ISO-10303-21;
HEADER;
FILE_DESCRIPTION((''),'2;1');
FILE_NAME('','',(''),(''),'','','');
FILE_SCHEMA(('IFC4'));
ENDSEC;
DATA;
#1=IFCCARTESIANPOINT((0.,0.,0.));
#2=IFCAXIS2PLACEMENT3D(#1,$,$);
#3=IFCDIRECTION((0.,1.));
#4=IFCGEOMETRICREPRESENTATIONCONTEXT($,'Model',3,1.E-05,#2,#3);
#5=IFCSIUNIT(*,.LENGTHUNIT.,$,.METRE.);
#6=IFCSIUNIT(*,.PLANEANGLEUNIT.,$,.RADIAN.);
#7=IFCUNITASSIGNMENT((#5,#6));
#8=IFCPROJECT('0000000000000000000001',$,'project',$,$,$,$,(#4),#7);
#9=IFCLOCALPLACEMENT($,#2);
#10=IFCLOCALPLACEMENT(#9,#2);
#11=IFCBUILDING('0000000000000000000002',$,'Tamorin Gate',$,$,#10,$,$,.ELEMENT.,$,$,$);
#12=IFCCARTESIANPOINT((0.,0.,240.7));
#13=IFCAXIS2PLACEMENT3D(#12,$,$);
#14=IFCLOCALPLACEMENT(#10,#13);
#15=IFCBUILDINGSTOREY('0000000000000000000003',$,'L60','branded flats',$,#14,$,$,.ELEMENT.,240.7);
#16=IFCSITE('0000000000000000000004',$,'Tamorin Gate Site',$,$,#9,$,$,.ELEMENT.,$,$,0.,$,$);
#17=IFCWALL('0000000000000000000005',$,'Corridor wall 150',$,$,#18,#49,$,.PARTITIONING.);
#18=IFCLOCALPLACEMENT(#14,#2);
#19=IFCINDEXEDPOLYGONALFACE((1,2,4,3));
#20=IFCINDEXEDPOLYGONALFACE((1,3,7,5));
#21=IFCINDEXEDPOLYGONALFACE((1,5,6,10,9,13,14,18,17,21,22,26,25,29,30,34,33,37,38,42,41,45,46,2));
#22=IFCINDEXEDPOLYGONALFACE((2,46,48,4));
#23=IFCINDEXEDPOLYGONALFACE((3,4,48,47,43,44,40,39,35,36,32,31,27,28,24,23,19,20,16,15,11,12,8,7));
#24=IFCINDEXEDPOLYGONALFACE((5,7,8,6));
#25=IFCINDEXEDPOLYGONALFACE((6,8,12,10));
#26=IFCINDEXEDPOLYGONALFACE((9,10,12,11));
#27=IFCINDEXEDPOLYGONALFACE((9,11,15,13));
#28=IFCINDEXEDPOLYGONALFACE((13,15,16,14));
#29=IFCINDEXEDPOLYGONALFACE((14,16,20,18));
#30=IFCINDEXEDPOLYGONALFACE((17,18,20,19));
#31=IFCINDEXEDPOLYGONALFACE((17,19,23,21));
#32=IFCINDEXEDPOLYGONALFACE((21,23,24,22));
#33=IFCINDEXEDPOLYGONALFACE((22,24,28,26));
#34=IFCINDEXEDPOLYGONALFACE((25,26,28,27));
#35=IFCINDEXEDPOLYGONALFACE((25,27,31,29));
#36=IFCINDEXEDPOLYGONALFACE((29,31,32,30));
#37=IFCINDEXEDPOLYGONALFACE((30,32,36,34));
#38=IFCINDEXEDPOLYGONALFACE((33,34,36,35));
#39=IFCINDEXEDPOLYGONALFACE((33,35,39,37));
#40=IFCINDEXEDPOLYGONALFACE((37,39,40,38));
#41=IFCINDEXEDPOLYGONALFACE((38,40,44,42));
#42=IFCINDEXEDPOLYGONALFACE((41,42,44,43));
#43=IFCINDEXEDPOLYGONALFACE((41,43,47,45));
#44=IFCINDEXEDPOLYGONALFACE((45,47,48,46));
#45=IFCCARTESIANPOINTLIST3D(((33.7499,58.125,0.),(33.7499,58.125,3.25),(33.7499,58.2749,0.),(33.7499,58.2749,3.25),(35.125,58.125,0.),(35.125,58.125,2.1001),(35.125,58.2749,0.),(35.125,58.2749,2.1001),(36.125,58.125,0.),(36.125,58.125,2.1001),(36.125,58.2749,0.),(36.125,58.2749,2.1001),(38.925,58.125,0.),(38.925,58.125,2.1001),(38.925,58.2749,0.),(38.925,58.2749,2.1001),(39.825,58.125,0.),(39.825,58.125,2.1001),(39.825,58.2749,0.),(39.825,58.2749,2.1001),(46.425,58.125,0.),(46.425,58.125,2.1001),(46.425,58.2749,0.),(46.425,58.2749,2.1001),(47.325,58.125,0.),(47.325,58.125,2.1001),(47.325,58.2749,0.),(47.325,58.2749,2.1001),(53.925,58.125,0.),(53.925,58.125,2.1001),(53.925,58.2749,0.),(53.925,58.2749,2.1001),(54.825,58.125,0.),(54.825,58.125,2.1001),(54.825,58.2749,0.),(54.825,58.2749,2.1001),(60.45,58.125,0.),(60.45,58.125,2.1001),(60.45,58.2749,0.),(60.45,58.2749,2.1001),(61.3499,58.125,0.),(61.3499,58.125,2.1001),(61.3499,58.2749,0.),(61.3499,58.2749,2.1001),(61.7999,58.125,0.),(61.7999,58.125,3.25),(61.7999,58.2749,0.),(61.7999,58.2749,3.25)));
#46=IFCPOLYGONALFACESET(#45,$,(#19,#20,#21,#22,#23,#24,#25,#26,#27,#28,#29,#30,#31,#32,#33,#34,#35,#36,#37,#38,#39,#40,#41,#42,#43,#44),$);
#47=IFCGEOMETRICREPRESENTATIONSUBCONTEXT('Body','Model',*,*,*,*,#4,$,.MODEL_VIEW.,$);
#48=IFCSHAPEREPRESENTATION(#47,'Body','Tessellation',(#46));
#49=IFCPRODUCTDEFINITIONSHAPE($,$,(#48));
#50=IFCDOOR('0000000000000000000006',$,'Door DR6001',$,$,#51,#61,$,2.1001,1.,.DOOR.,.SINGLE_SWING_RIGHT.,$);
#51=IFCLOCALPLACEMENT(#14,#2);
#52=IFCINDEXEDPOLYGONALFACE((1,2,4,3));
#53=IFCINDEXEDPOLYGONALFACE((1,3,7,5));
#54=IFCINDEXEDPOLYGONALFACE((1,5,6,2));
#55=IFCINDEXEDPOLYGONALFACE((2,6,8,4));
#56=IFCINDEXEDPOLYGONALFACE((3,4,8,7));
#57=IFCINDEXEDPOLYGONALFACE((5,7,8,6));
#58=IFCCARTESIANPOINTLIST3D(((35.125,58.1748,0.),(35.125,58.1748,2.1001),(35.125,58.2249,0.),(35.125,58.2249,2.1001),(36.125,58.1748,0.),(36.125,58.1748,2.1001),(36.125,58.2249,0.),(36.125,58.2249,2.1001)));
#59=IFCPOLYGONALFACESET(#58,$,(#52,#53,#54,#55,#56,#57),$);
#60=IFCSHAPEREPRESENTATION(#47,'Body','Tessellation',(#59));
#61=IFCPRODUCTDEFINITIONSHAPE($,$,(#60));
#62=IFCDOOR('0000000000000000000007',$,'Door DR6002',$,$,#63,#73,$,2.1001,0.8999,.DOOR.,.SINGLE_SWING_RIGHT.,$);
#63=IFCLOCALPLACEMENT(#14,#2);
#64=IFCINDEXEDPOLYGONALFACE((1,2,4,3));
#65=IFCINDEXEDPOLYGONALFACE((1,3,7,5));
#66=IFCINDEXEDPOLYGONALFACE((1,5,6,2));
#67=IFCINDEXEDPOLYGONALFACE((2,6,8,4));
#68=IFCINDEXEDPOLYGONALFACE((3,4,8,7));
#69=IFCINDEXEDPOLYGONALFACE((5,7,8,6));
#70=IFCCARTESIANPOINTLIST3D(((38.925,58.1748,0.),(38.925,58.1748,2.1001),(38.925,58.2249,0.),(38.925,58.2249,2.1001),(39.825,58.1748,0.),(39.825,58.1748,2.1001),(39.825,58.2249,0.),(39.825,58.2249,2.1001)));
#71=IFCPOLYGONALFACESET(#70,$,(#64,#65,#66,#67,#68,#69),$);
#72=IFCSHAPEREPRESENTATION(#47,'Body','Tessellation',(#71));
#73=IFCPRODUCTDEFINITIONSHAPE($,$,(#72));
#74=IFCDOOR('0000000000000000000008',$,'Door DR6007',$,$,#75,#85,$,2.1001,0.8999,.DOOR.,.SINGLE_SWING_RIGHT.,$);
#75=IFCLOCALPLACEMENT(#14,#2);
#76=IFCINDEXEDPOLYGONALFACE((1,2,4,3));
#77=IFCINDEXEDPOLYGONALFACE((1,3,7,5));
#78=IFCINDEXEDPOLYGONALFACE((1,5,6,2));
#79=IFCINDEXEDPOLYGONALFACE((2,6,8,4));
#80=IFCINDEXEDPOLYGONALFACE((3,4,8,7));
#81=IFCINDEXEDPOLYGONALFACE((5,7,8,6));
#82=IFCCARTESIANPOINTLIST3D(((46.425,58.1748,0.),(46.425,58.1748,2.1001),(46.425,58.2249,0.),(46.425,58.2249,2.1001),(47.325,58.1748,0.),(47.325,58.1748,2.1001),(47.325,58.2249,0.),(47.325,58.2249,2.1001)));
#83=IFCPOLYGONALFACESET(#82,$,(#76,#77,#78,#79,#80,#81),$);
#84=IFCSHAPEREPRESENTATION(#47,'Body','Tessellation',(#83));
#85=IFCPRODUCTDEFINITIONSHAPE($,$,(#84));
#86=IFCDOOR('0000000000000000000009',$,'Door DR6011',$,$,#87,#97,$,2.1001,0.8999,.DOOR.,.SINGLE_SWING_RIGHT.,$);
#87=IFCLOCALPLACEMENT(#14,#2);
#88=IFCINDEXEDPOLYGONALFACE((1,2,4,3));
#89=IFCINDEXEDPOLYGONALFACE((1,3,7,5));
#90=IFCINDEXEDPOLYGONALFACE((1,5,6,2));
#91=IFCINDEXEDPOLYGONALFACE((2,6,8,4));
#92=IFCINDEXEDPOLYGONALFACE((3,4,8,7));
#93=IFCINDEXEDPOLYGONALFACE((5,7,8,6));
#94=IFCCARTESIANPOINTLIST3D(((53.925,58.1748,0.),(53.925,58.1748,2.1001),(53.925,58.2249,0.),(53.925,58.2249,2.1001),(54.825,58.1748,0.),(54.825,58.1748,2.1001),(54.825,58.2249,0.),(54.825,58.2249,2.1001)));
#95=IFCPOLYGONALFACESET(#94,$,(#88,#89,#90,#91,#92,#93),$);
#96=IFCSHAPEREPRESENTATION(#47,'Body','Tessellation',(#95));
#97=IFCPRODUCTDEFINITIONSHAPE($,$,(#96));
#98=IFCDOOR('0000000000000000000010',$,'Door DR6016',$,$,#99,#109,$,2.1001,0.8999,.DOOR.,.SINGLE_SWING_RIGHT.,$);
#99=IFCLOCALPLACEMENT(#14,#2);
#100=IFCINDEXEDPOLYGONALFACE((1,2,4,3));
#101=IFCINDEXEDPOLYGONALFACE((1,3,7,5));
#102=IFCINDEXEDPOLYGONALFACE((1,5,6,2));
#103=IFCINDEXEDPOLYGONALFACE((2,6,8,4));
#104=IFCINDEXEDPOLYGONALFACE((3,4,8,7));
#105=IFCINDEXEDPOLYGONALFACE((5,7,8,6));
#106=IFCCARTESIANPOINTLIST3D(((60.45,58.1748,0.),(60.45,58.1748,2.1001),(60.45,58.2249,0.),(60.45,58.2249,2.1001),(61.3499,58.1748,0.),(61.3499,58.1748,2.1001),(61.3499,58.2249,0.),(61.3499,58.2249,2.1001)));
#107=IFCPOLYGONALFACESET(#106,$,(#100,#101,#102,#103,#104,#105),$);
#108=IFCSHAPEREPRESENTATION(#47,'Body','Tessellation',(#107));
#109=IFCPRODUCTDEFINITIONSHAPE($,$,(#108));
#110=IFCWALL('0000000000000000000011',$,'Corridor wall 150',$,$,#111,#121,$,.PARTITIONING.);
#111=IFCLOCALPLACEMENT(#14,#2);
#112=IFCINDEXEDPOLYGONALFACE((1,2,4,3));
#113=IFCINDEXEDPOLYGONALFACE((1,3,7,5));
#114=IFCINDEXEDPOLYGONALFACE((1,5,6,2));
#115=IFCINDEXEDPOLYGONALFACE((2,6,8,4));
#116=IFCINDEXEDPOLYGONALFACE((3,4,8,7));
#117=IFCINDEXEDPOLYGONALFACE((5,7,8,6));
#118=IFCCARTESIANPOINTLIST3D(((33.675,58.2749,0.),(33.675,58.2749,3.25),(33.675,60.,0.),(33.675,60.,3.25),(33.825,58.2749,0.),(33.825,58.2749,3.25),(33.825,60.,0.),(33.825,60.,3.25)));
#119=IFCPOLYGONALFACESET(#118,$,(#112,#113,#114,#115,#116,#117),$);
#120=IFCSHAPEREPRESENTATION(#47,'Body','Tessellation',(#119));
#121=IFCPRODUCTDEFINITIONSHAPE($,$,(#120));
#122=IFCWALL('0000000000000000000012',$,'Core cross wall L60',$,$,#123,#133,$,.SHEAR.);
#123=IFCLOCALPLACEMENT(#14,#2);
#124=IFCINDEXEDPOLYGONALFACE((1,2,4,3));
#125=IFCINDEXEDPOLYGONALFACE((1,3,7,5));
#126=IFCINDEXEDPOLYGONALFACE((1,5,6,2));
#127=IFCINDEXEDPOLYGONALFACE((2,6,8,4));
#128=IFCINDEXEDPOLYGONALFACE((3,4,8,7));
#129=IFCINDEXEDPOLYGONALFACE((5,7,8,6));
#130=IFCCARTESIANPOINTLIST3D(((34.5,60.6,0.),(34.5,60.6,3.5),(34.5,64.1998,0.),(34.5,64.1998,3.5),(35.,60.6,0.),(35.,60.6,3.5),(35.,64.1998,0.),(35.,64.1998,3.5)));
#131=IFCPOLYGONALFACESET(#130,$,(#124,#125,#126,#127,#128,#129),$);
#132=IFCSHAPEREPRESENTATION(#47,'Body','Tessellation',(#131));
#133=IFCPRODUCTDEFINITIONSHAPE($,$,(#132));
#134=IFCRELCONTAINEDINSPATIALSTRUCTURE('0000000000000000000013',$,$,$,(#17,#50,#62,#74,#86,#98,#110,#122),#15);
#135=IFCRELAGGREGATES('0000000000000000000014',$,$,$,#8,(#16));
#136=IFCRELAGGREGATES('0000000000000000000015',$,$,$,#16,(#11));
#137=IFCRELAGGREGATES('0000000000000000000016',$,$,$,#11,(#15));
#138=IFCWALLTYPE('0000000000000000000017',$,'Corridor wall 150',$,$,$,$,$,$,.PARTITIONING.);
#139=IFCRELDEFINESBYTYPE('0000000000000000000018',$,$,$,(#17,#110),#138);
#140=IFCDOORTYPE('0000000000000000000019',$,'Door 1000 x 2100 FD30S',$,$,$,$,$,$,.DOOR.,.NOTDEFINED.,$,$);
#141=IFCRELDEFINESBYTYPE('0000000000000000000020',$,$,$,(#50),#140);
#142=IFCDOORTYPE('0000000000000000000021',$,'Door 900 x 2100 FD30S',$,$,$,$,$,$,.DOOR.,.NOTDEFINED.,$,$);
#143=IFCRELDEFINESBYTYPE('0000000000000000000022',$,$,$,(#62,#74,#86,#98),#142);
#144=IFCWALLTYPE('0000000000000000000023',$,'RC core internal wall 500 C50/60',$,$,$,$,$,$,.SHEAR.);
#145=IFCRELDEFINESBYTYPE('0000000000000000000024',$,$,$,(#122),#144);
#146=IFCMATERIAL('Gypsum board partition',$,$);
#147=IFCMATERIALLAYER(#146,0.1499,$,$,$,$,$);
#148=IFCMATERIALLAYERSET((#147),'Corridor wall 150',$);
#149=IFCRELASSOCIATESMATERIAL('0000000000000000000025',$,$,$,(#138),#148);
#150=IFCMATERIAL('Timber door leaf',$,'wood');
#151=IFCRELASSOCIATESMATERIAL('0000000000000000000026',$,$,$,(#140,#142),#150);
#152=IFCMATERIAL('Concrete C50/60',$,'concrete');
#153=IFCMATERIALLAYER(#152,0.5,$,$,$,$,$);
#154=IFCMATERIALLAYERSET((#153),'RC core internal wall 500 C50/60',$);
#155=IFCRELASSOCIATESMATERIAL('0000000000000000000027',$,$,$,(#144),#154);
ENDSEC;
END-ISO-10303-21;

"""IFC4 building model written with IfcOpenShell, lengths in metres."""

from ifc_helpers import new_model, si_unit, direction, frame, frame_2d, origin, place, context, subcontext, project, spatial, rectangle, extrude, material, layer, layer_set, type_object, element, fill, save


model = new_model("IFC4")

# Units and contexts
model_context = context("Model", 3, precision=1e-05, world=origin(), true_north=direction((0.0, 1.0)))
body_context = subcontext(model_context, "Body", "Model", "MODEL_VIEW")
ifc_project = project(units=[si_unit("LENGTHUNIT", "METRE"), si_unit("PLANEANGLEUNIT", "RADIAN")], contexts=[model_context])

# Site, building, storey
site_placement = place(None, origin())
site = spatial("IfcSite", under=ifc_project, at=site_placement, Name="Tamorin Gate Site", CompositionType="ELEMENT", RefElevation=0.0)
building_placement = place(site_placement, origin())
building = spatial("IfcBuilding", under=site, at=building_placement, Name="Tamorin Gate", CompositionType="ELEMENT")
storey_placement = place(building_placement, frame((0.0, 0.0, 240.7)))
storey = spatial("IfcBuildingStorey", under=building, at=storey_placement, Name="L60", Description="branded flats", CompositionType="ELEMENT", Elevation=240.7)

# Shared definitions
ifc_material_1 = material(Name="Concrete C50/60", Category="concrete")

# Wall, openings, doors
ifc_material_2 = material(Name="Gypsum board partition")
ifc_layer_1 = layer(ifc_material_2, 0.1499)
ifc_layer_set_1 = layer_set([ifc_layer_1], Name="Corridor wall 150")
wall_type_1 = type_object("IfcWallType", Name="Corridor wall 150", PredefinedType="PARTITIONING", material=ifc_layer_set_1)
wall_1_placement = place(storey_placement, frame((33.75, 58.2, 0.0), z_axis=(0.0, 0.0, 1.0), x_axis=(1.0, 0.0, 0.0)))
wall_1 = element("IfcWall", 1, at=wall_1_placement, inside=storey, type_object=wall_type_1, Name="Corridor wall 150", PredefinedType="PARTITIONING", context=body_context, shape_type="SweptSolid", body=[
    extrude(rectangle(XDim=28.05, YDim=0.1499, at=frame_2d((14.0249, 0.0))), origin(), (0.0, 0.0, 1.0), 3.25),
])
opening_1_placement = place(wall_1_placement, frame((1.375, 0.0, 0.0)))
opening_1 = element("IfcOpeningElement", 2, at=opening_1_placement, cuts=wall_1, PredefinedType="OPENING", context=body_context, shape_type="SweptSolid", body=[
    extrude(rectangle(XDim=1.0, YDim=2.1001, at=frame_2d((0.5, 1.05))), frame((0.0, 0.085, 0.0), z_axis=(0.0, -1.0, 0.0), x_axis=(1.0, 0.0, 0.0)), (0.0, 0.0, 1.0), 0.1699),
])
opening_2_placement = place(wall_1_placement, frame((5.175, 0.0, 0.0)))
opening_2 = element("IfcOpeningElement", 3, at=opening_2_placement, cuts=wall_1, PredefinedType="OPENING", context=body_context, shape_type="SweptSolid", body=[
    extrude(rectangle(XDim=0.8999, YDim=2.1001, at=frame_2d((0.45, 1.05))), frame((0.0, 0.085, 0.0), z_axis=(0.0, -1.0, 0.0), x_axis=(1.0, 0.0, 0.0)), (0.0, 0.0, 1.0), 0.1699),
])
opening_3_placement = place(wall_1_placement, frame((12.675, 0.0, 0.0)))
opening_3 = element("IfcOpeningElement", 4, at=opening_3_placement, cuts=wall_1, PredefinedType="OPENING", context=body_context, shape_type="SweptSolid", body=[
    extrude(rectangle(XDim=0.8999, YDim=2.1001, at=frame_2d((0.45, 1.05))), frame((0.0, 0.085, 0.0), z_axis=(0.0, -1.0, 0.0), x_axis=(1.0, 0.0, 0.0)), (0.0, 0.0, 1.0), 0.1699),
])
opening_4_placement = place(wall_1_placement, frame((20.175, 0.0, 0.0)))
opening_4 = element("IfcOpeningElement", 5, at=opening_4_placement, cuts=wall_1, PredefinedType="OPENING", context=body_context, shape_type="SweptSolid", body=[
    extrude(rectangle(XDim=0.8999, YDim=2.1001, at=frame_2d((0.45, 1.05))), frame((0.0, 0.085, 0.0), z_axis=(0.0, -1.0, 0.0), x_axis=(1.0, 0.0, 0.0)), (0.0, 0.0, 1.0), 0.1699),
])
opening_5_placement = place(wall_1_placement, frame((26.7, 0.0, 0.0)))
opening_5 = element("IfcOpeningElement", 6, at=opening_5_placement, cuts=wall_1, PredefinedType="OPENING", context=body_context, shape_type="SweptSolid", body=[
    extrude(rectangle(XDim=0.8999, YDim=2.1001, at=frame_2d((0.45, 1.05))), frame((0.0, 0.085, 0.0), z_axis=(0.0, -1.0, 0.0), x_axis=(1.0, 0.0, 0.0)), (0.0, 0.0, 1.0), 0.1699),
])
ifc_material_3 = material(Name="Timber door leaf", Category="wood")
door_type_1 = type_object("IfcDoorType", Name="Door 1000 x 2100 FD30S", OperationType="NOTDEFINED", PredefinedType="DOOR", material=ifc_material_3)
door_1_placement = place(opening_1_placement, origin())
door_1 = element("IfcDoor", 7, at=door_1_placement, inside=storey, type_object=door_type_1, Name="Door DR6001", OperationType="SINGLE_SWING_RIGHT", OverallHeight=2.1001, OverallWidth=1.0, PredefinedType="DOOR", context=body_context, shape_type="SweptSolid", body=[
    extrude(rectangle(XDim=1.0, YDim=2.1001, at=frame_2d((0.5, 1.05))), frame((0.0, 0.0249, 0.0), z_axis=(0.0, -1.0, 0.0), x_axis=(1.0, 0.0, 0.0)), (0.0, 0.0, 1.0), 0.05),
])
fill(opening_1, door_1)
door_type_2 = type_object("IfcDoorType", Name="Door 900 x 2100 FD30S", OperationType="NOTDEFINED", PredefinedType="DOOR", material=ifc_material_3)
door_2_placement = place(opening_2_placement, origin())
door_2 = element("IfcDoor", 8, at=door_2_placement, inside=storey, type_object=door_type_2, Name="Door DR6002", OperationType="SINGLE_SWING_RIGHT", OverallHeight=2.1001, OverallWidth=0.8999, PredefinedType="DOOR", context=body_context, shape_type="SweptSolid", body=[
    extrude(rectangle(XDim=0.8999, YDim=2.1001, at=frame_2d((0.45, 1.05))), frame((0.0, 0.0249, 0.0), z_axis=(0.0, -1.0, 0.0), x_axis=(1.0, 0.0, 0.0)), (0.0, 0.0, 1.0), 0.05),
])
fill(opening_2, door_2)
door_3_placement = place(opening_3_placement, origin())
door_3 = element("IfcDoor", 9, at=door_3_placement, inside=storey, type_object=door_type_2, Name="Door DR6007", OperationType="SINGLE_SWING_RIGHT", OverallHeight=2.1001, OverallWidth=0.8999, PredefinedType="DOOR", context=body_context, shape_type="SweptSolid", body=[
    extrude(rectangle(XDim=0.8999, YDim=2.1001, at=frame_2d((0.45, 1.05))), frame((0.0, 0.0249, 0.0), z_axis=(0.0, -1.0, 0.0), x_axis=(1.0, 0.0, 0.0)), (0.0, 0.0, 1.0), 0.05),
])
fill(opening_3, door_3)
door_4_placement = place(opening_4_placement, origin())
door_4 = element("IfcDoor", 10, at=door_4_placement, inside=storey, type_object=door_type_2, Name="Door DR6011", OperationType="SINGLE_SWING_RIGHT", OverallHeight=2.1001, OverallWidth=0.8999, PredefinedType="DOOR", context=body_context, shape_type="SweptSolid", body=[
    extrude(rectangle(XDim=0.8999, YDim=2.1001, at=frame_2d((0.45, 1.05))), frame((0.0, 0.0249, 0.0), z_axis=(0.0, -1.0, 0.0), x_axis=(1.0, 0.0, 0.0)), (0.0, 0.0, 1.0), 0.05),
])
fill(opening_4, door_4)
door_5_placement = place(opening_5_placement, origin())
door_5 = element("IfcDoor", 11, at=door_5_placement, inside=storey, type_object=door_type_2, Name="Door DR6016", OperationType="SINGLE_SWING_RIGHT", OverallHeight=2.1001, OverallWidth=0.8999, PredefinedType="DOOR", context=body_context, shape_type="SweptSolid", body=[
    extrude(rectangle(XDim=0.8999, YDim=2.1001, at=frame_2d((0.45, 1.05))), frame((0.0, 0.0249, 0.0), z_axis=(0.0, -1.0, 0.0), x_axis=(1.0, 0.0, 0.0)), (0.0, 0.0, 1.0), 0.05),
])
fill(opening_5, door_5)

# Walls
wall_2_placement = place(storey_placement, frame((33.75, 58.2749, 0.0), z_axis=(0.0, 0.0, 1.0), x_axis=(0.0, 1.0, 0.0)))
element("IfcWall", 12, at=wall_2_placement, inside=storey, type_object=wall_type_1, Name="Corridor wall 150", PredefinedType="PARTITIONING", context=body_context, shape_type="SweptSolid", body=[
    extrude(rectangle(XDim=1.7251, YDim=0.1499, at=frame_2d((0.8625, 0.0))), origin(), (0.0, 0.0, 1.0), 3.25),
])
ifc_layer_2 = layer(ifc_material_1, 0.5)
ifc_layer_set_2 = layer_set([ifc_layer_2], Name="RC core internal wall 500 C50/60")
wall_type_2 = type_object("IfcWallType", Name="RC core internal wall 500 C50/60", PredefinedType="SHEAR", material=ifc_layer_set_2)
wall_3_placement = place(storey_placement, frame((34.75, 60.6001, 0.0), z_axis=(0.0, 0.0, 1.0), x_axis=(0.0, 1.0, 0.0)))
element("IfcWall", 13, at=wall_3_placement, inside=storey, type_object=wall_type_2, Name="Core cross wall L60", PredefinedType="SHEAR", context=body_context, shape_type="SweptSolid", body=[
    extrude(rectangle(XDim=3.5999, YDim=0.5, at=frame_2d((1.7998, 0.0))), origin(), (0.0, 0.0, 1.0), 3.5),
])

save(model, "model.ifc")
